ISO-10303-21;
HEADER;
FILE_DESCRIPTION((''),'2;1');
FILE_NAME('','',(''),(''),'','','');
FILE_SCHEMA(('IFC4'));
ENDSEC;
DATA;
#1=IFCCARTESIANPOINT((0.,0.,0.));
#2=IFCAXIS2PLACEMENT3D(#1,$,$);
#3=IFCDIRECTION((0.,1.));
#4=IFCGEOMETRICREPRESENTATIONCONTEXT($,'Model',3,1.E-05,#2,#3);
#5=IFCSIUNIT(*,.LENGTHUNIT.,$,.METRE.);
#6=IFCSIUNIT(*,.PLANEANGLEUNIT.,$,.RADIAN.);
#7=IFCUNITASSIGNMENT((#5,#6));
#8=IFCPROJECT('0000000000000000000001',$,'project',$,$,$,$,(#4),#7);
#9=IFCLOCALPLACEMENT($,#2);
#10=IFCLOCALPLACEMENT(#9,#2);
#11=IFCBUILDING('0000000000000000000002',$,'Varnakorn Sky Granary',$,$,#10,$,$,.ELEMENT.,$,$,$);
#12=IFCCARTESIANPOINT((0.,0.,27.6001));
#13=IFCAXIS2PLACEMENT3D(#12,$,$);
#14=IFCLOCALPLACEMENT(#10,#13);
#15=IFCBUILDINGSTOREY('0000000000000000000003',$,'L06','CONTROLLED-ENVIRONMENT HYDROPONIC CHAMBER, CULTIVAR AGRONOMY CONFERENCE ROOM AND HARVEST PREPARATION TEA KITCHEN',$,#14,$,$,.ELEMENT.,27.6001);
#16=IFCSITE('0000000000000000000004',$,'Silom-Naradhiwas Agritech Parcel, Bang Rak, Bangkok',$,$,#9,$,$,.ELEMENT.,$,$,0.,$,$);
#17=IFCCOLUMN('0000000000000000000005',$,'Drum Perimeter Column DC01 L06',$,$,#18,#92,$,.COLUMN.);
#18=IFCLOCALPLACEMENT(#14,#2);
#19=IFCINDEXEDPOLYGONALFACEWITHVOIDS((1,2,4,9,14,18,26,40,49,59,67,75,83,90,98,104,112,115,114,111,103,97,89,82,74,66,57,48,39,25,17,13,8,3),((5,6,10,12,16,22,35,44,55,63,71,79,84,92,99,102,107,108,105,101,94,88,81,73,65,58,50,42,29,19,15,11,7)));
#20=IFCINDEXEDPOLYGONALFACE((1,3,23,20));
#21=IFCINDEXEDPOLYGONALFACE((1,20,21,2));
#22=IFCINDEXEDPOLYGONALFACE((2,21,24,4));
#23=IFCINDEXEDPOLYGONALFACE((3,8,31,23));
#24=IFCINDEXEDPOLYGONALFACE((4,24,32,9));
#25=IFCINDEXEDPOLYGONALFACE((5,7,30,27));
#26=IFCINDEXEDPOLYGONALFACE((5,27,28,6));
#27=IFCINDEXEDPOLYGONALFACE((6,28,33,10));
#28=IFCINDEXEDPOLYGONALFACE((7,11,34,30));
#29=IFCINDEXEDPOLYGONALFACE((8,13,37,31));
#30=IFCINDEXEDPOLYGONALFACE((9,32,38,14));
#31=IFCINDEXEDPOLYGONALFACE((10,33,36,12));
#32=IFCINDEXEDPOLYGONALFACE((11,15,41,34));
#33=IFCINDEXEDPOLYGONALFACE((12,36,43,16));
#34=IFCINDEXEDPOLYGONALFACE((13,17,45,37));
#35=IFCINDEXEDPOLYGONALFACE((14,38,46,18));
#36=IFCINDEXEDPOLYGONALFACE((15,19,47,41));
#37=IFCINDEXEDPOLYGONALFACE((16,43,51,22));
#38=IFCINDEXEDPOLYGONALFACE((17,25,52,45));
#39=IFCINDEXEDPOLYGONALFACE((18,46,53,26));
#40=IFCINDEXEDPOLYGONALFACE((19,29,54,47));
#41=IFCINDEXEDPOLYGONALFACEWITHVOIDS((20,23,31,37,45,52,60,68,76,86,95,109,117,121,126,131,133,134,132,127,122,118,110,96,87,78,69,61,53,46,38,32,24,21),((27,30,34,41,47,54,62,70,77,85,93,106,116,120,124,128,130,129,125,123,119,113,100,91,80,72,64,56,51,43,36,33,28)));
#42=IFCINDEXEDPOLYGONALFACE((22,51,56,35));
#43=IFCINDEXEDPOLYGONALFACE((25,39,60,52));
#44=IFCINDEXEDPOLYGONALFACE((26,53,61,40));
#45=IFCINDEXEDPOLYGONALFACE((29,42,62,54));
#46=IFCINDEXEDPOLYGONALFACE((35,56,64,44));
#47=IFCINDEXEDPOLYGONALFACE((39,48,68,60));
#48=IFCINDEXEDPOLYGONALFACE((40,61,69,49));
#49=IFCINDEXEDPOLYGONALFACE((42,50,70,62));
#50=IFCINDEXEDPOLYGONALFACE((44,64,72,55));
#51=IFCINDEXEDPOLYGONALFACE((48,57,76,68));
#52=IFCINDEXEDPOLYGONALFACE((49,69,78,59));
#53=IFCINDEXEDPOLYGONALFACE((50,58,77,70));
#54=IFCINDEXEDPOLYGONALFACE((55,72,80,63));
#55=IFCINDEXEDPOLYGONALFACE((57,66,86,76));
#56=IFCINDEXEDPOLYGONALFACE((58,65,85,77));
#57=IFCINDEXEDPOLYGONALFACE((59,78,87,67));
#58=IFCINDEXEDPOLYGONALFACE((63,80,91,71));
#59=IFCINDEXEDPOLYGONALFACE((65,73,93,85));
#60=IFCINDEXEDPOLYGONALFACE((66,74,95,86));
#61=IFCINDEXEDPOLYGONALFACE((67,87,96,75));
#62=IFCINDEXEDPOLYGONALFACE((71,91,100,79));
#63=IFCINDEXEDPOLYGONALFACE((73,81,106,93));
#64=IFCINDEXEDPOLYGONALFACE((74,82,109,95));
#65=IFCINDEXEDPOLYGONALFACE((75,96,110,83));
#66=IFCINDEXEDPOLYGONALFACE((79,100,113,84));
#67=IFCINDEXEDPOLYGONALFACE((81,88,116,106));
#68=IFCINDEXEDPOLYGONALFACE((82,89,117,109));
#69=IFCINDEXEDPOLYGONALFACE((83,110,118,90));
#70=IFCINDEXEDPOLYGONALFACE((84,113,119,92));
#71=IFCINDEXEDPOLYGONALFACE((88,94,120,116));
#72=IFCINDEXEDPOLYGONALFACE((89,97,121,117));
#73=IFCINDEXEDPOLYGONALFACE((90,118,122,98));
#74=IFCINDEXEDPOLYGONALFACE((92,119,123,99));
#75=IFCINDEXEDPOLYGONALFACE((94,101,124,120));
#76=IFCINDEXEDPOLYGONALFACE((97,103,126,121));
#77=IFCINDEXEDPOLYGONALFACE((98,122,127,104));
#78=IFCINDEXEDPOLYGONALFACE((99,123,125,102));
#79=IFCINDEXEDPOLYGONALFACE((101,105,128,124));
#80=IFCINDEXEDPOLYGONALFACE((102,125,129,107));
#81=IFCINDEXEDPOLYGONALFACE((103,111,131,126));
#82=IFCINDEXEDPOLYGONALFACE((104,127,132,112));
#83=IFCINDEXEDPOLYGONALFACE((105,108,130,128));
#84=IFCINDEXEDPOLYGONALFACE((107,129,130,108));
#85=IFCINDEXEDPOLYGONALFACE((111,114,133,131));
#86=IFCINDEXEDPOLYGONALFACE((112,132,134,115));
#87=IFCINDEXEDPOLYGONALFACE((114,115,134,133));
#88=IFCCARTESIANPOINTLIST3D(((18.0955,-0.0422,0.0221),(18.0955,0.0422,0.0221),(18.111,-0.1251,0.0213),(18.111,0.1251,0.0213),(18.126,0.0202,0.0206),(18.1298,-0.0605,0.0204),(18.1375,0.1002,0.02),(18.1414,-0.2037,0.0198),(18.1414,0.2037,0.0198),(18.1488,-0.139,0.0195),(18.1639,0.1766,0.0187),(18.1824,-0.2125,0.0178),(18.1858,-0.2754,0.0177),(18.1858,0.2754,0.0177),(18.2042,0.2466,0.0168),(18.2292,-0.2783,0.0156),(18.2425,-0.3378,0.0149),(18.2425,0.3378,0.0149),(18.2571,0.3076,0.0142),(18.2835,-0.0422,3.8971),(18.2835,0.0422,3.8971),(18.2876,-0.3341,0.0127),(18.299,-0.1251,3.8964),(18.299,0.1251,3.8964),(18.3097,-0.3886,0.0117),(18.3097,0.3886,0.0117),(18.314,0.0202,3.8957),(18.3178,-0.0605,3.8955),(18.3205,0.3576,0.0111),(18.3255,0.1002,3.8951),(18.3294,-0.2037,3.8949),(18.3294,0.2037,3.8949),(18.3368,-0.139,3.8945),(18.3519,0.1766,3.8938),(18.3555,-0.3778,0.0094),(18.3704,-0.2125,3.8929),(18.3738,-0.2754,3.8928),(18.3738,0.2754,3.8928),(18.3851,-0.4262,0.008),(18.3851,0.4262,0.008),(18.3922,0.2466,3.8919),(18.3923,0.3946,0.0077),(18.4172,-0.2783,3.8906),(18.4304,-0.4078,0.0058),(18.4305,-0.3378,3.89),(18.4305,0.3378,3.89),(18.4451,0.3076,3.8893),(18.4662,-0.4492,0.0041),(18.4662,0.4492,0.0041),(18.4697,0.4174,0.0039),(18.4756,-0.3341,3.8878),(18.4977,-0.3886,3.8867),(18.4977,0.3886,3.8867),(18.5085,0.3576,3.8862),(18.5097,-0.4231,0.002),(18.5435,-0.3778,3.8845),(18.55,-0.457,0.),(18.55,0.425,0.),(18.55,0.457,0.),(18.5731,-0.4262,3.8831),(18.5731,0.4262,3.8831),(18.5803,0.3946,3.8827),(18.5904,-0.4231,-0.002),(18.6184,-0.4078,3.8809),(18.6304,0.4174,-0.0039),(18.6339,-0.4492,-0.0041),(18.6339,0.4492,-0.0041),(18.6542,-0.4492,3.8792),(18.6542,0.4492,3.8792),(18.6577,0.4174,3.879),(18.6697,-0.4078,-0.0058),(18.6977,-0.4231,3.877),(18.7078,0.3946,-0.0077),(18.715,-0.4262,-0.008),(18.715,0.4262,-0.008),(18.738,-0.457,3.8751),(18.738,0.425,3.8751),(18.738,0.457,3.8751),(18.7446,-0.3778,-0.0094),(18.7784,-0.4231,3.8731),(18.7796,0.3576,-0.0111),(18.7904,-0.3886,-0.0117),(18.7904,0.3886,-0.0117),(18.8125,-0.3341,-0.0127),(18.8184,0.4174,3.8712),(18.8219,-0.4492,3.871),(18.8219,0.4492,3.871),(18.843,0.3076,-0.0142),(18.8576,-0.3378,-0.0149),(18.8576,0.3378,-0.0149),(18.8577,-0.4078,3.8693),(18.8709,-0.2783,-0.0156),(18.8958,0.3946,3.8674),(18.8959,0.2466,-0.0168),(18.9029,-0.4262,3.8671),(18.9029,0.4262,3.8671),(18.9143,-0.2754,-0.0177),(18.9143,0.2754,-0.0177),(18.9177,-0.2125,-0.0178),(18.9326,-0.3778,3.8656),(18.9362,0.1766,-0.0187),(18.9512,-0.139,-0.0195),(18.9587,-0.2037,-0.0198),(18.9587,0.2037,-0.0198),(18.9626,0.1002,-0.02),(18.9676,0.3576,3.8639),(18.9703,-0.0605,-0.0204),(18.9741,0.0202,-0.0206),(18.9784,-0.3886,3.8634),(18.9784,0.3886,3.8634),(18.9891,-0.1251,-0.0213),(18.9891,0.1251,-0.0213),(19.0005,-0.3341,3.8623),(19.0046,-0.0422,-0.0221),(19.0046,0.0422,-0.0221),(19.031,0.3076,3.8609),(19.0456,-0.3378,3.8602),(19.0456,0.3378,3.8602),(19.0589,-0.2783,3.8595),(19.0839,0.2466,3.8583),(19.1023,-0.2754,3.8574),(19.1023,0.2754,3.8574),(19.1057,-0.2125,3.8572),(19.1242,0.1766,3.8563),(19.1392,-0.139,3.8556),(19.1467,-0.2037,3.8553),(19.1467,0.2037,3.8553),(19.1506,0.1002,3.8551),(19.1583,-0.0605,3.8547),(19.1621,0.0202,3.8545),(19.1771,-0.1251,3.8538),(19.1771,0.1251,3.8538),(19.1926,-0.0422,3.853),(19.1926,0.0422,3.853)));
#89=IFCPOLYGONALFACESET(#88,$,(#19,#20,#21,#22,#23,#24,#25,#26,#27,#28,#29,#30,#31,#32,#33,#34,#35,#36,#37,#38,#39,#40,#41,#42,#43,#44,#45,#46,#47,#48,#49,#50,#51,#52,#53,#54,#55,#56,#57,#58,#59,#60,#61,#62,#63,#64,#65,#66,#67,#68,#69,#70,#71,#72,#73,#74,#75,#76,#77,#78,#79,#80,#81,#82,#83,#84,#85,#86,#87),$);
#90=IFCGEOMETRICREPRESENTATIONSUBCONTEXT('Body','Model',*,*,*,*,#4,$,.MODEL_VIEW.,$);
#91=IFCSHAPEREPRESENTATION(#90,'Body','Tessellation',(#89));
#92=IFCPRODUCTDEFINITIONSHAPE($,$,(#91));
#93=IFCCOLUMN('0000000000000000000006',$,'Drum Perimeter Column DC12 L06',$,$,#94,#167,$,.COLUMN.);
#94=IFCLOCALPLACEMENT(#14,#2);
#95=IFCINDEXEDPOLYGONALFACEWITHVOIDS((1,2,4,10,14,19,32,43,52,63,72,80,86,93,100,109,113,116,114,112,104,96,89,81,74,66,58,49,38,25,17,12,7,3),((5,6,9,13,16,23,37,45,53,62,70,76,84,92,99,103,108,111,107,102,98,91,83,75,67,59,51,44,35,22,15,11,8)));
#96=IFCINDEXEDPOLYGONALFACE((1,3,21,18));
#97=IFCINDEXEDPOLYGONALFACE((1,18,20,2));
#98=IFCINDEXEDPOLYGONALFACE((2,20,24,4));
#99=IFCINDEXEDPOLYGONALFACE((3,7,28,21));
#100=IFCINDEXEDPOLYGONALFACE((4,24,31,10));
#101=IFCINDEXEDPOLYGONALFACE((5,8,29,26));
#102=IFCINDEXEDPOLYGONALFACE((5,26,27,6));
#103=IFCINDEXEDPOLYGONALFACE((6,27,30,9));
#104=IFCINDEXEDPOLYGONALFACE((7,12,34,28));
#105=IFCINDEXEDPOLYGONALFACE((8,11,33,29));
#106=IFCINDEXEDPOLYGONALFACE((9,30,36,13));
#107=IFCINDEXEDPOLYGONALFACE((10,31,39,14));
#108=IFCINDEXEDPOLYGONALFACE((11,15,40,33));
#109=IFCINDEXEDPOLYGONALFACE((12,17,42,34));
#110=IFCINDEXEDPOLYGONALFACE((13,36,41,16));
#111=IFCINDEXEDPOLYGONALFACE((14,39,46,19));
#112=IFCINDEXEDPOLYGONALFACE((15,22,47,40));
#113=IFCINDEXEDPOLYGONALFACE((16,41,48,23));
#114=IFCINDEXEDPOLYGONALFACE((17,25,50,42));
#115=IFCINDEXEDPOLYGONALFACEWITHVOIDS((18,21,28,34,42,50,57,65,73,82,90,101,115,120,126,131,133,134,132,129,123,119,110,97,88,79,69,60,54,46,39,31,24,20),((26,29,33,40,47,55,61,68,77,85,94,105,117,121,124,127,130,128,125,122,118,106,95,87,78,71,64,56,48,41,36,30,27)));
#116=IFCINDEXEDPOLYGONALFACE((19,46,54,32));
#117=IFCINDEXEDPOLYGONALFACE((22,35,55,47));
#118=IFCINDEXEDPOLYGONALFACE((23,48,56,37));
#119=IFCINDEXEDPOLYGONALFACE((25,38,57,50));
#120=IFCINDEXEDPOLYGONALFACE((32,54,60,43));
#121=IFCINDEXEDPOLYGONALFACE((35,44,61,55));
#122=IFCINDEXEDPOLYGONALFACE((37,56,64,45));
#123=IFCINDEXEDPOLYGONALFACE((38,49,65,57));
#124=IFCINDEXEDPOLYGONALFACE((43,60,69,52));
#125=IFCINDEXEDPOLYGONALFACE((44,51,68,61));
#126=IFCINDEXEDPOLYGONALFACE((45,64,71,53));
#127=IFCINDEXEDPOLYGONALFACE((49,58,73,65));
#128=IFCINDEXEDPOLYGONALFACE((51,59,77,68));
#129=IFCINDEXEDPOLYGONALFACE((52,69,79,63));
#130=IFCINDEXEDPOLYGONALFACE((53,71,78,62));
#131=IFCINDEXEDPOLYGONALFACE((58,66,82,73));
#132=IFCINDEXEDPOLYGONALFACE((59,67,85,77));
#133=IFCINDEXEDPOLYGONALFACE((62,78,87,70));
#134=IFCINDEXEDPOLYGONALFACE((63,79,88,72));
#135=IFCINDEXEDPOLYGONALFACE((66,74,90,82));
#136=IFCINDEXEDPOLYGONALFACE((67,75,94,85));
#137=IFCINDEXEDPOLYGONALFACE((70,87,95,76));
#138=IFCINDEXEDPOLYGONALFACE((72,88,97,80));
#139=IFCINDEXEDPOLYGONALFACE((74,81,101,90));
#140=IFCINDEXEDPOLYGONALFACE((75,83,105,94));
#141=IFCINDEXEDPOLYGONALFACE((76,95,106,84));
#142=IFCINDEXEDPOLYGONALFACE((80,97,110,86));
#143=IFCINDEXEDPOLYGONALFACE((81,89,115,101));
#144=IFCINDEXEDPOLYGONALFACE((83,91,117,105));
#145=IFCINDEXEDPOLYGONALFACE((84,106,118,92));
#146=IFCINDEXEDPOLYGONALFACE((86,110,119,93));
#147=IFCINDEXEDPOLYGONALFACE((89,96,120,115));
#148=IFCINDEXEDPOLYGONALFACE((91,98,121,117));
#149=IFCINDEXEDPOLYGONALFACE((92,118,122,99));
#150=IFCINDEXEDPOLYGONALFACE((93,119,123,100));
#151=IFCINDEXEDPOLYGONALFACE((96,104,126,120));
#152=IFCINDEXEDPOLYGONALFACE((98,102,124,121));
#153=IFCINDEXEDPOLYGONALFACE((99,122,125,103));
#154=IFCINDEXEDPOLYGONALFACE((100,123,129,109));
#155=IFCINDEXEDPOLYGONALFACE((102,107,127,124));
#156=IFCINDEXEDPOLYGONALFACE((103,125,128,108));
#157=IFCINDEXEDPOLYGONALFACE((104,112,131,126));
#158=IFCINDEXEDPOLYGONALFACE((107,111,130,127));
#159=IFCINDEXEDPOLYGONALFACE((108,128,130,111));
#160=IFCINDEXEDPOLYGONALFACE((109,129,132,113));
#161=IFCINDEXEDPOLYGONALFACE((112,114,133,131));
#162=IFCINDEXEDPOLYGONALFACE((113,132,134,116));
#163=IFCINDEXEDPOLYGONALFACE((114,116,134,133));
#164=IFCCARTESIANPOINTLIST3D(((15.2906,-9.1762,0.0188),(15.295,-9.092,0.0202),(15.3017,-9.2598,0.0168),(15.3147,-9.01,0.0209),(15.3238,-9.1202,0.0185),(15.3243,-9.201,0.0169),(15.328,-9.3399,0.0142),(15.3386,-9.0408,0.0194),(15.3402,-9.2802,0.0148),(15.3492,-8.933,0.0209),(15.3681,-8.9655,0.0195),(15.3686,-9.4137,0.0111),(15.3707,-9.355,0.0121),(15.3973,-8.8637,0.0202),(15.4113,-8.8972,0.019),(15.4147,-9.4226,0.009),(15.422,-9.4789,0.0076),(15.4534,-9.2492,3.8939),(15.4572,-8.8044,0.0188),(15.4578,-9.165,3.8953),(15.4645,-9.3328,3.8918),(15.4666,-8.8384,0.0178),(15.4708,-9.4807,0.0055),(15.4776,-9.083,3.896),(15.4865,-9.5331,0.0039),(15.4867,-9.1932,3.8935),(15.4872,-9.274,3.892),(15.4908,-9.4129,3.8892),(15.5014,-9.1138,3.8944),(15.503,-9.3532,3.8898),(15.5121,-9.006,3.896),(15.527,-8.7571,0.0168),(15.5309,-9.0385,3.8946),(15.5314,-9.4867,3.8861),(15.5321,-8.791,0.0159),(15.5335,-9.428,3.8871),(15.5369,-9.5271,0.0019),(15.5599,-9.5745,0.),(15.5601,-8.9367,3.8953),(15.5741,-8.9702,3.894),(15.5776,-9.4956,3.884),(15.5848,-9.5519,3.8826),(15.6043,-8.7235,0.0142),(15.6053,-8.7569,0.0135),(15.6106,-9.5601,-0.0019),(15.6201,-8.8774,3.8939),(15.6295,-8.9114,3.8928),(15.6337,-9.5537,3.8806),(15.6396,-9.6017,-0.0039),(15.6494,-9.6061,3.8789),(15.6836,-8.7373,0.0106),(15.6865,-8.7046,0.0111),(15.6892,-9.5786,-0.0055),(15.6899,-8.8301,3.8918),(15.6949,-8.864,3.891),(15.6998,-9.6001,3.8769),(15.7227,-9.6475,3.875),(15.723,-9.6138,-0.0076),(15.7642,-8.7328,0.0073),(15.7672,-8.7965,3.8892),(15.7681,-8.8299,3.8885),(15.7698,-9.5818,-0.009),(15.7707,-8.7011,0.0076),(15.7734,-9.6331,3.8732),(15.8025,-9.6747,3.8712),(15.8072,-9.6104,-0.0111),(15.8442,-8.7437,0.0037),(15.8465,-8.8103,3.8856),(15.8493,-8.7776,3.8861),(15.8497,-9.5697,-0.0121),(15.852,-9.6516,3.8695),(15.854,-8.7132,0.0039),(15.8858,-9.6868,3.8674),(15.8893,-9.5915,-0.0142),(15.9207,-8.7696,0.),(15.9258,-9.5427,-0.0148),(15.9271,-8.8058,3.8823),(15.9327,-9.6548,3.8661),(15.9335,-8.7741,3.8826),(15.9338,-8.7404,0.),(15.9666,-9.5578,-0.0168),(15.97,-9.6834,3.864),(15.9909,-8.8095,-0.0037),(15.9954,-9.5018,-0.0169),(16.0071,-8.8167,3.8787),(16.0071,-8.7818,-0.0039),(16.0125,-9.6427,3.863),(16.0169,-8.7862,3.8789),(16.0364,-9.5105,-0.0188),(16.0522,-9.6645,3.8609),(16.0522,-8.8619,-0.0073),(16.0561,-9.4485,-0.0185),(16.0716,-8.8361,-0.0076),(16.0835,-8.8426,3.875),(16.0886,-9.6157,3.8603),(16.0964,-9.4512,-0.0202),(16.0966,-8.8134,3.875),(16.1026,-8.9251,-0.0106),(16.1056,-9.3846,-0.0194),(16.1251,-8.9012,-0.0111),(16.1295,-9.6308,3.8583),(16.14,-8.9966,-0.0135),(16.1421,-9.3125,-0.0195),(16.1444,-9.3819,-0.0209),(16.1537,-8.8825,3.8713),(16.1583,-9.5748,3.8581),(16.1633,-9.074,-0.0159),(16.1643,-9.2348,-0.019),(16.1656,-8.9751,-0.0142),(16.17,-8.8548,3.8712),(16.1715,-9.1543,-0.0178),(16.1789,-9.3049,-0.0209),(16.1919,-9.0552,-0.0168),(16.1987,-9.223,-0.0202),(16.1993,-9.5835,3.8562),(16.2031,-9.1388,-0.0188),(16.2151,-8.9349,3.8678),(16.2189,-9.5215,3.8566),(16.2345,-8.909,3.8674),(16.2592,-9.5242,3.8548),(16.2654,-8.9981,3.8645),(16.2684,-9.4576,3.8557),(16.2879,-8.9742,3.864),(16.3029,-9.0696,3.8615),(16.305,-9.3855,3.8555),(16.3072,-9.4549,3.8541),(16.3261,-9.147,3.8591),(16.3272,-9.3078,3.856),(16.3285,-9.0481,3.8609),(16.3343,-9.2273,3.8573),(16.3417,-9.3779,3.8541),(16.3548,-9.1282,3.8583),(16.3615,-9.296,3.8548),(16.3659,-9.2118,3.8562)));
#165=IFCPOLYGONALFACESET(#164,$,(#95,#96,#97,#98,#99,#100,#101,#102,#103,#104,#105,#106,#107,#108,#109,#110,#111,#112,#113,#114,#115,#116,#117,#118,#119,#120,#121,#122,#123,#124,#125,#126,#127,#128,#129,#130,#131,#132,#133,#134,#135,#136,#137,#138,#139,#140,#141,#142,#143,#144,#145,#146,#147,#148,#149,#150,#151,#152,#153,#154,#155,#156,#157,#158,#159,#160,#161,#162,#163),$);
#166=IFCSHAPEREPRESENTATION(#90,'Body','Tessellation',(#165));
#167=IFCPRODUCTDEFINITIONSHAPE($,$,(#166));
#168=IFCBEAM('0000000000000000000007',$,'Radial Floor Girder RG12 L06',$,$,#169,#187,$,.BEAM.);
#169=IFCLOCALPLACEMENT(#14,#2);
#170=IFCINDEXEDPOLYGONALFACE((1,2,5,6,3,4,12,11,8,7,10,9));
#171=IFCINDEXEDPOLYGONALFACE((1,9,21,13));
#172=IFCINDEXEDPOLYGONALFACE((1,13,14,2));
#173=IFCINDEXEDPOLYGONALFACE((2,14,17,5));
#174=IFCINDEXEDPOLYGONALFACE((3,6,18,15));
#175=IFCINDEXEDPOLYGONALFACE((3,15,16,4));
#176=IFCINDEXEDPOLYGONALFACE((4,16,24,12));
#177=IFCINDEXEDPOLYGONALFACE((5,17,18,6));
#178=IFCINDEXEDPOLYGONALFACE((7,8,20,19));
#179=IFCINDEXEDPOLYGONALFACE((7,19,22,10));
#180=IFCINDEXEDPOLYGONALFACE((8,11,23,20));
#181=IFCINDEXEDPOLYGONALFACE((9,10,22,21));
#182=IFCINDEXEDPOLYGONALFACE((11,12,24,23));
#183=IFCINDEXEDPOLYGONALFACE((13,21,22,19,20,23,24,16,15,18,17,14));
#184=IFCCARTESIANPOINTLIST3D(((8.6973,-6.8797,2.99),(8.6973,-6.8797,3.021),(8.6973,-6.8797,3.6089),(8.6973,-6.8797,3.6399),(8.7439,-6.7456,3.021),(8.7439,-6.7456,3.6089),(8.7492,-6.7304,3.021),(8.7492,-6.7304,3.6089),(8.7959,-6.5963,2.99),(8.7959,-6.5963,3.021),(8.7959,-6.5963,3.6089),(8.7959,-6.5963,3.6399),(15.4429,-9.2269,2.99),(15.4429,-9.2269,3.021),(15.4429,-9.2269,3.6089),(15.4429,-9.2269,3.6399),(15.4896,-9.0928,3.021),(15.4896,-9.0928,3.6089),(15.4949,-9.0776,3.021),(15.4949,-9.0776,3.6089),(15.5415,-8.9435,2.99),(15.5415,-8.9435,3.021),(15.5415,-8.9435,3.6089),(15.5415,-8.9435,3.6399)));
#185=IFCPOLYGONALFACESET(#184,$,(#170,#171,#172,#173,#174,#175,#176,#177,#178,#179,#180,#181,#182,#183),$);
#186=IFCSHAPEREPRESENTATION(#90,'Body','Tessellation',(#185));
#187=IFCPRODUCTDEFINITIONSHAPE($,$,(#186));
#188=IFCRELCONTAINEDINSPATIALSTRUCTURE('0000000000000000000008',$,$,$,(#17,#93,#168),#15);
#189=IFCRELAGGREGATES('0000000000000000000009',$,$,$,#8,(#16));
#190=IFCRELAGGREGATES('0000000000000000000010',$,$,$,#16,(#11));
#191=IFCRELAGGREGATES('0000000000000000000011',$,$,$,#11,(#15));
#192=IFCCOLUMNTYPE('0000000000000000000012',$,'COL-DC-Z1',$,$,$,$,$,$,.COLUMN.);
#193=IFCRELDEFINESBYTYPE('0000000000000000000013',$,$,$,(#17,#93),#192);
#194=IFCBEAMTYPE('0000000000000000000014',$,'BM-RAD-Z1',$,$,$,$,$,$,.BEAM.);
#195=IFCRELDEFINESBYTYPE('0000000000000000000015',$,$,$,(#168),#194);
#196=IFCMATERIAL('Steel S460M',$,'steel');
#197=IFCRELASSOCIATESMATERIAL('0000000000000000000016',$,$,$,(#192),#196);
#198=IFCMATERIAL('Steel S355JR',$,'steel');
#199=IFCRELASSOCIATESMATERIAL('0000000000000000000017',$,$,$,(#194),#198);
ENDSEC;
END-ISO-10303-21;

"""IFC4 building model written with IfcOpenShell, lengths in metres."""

from ifc_helpers import new_model, si_unit, direction, frame, origin, origin_2d, place, context, subcontext, project, spatial, hollow_circle, i_section, extrude, material, material_profile, profile_set, type_object, element, save


model = new_model("IFC4")

# Units and contexts
model_context = context("Model", 3, precision=1e-05, world=origin(), true_north=direction((0.0, 1.0)))
body_context = subcontext(model_context, "Body", "Model", "MODEL_VIEW")
ifc_project = project(units=[si_unit("LENGTHUNIT", "METRE"), si_unit("PLANEANGLEUNIT", "RADIAN")], contexts=[model_context])

# Site, building, storey
site_placement = place(None, origin())
site = spatial("IfcSite", under=ifc_project, at=site_placement, Name="Silom-Naradhiwas Agritech Parcel, Bang Rak, Bangkok", CompositionType="ELEMENT", RefElevation=0.0)
building_placement = place(site_placement, origin())
building = spatial("IfcBuilding", under=site, at=building_placement, Name="Varnakorn Sky Granary", CompositionType="ELEMENT")
storey_placement = place(building_placement, frame((0.0, 0.0, 27.6001)))
storey = spatial("IfcBuildingStorey", under=building, at=storey_placement, Name="L06", Description="CONTROLLED-ENVIRONMENT HYDROPONIC CHAMBER, CULTIVAR AGRONOMY CONFERENCE ROOM AND HARVEST PREPARATION TEA KITCHEN", CompositionType="ELEMENT", Elevation=27.6001)

# Columns
ifc_material_1 = material(Name="Steel S460M", Category="steel")
ifc_material_profile_1 = material_profile(ifc_material_1, hollow_circle(Radius=0.457, WallThickness=0.032, at=origin_2d()), Name="CHS 914x32")
ifc_profile_set_1 = profile_set([ifc_material_profile_1], Name="Steel S460M")
column_type = type_object("IfcColumnType", Name="COL-DC-Z1", PredefinedType="COLUMN", material=ifc_profile_set_1)
column_1_placement = place(storey_placement, frame((18.55, 0.0, 0.0), z_axis=(0.048456, 0.0, 0.998825), x_axis=(0.0, 1.0, 0.0)))
element("IfcColumn", 1, at=column_1_placement, inside=storey, type_object=column_type, Name="Drum Perimeter Column DC01 L06", PredefinedType="COLUMN", context=body_context, shape_type="SweptSolid", body=[
    extrude(hollow_circle(Radius=0.457, WallThickness=0.032, at=origin_2d()), origin(), (0.0, 0.0, 1.0), 3.8796),
])
column_2_placement = place(storey_placement, frame((15.7468, -9.1575, 0.0), z_axis=(0.041979, -0.018818, 0.998941), x_axis=(0.409056, 0.912509, 0.0)))
element("IfcColumn", 2, at=column_2_placement, inside=storey, type_object=column_type, Name="Drum Perimeter Column DC12 L06", PredefinedType="COLUMN", context=body_context, shape_type="SweptSolid", body=[
    extrude(hollow_circle(Radius=0.457, WallThickness=0.032, at=origin_2d()), origin(), (0.0, 0.0, 1.0), 3.8792),
])

# Beam
ifc_material_2 = material(Name="Steel S355JR", Category="steel")
ifc_material_profile_2 = material_profile(ifc_material_2, i_section(OverallWidth=0.3, OverallDepth=0.6499, WebThickness=0.0161, FlangeThickness=0.031, at=origin_2d()), Name="HE 650 B")
ifc_profile_set_2 = profile_set([ifc_material_profile_2], Name="Steel S355JR")
beam_type_1 = type_object("IfcBeamType", Name="BM-RAD-Z1", PredefinedType="BEAM", material=ifc_profile_set_2)
beam_1_placement = place(storey_placement, frame((8.7466, -6.738, 3.3149), z_axis=(0.944459, -0.328629, 0.0), x_axis=(0.328629, 0.944459, 0.0)))
element("IfcBeam", 3, at=beam_1_placement, inside=storey, type_object=beam_type_1, Name="Radial Floor Girder RG12 L06", PredefinedType="BEAM", context=body_context, shape_type="SweptSolid", body=[
    extrude(i_section(OverallWidth=0.3, OverallDepth=0.6499, WebThickness=0.0161, FlangeThickness=0.031, at=origin_2d()), origin(), (0.0, 0.0, 1.0), 7.1423),
])

save(model, "model.ifc")
